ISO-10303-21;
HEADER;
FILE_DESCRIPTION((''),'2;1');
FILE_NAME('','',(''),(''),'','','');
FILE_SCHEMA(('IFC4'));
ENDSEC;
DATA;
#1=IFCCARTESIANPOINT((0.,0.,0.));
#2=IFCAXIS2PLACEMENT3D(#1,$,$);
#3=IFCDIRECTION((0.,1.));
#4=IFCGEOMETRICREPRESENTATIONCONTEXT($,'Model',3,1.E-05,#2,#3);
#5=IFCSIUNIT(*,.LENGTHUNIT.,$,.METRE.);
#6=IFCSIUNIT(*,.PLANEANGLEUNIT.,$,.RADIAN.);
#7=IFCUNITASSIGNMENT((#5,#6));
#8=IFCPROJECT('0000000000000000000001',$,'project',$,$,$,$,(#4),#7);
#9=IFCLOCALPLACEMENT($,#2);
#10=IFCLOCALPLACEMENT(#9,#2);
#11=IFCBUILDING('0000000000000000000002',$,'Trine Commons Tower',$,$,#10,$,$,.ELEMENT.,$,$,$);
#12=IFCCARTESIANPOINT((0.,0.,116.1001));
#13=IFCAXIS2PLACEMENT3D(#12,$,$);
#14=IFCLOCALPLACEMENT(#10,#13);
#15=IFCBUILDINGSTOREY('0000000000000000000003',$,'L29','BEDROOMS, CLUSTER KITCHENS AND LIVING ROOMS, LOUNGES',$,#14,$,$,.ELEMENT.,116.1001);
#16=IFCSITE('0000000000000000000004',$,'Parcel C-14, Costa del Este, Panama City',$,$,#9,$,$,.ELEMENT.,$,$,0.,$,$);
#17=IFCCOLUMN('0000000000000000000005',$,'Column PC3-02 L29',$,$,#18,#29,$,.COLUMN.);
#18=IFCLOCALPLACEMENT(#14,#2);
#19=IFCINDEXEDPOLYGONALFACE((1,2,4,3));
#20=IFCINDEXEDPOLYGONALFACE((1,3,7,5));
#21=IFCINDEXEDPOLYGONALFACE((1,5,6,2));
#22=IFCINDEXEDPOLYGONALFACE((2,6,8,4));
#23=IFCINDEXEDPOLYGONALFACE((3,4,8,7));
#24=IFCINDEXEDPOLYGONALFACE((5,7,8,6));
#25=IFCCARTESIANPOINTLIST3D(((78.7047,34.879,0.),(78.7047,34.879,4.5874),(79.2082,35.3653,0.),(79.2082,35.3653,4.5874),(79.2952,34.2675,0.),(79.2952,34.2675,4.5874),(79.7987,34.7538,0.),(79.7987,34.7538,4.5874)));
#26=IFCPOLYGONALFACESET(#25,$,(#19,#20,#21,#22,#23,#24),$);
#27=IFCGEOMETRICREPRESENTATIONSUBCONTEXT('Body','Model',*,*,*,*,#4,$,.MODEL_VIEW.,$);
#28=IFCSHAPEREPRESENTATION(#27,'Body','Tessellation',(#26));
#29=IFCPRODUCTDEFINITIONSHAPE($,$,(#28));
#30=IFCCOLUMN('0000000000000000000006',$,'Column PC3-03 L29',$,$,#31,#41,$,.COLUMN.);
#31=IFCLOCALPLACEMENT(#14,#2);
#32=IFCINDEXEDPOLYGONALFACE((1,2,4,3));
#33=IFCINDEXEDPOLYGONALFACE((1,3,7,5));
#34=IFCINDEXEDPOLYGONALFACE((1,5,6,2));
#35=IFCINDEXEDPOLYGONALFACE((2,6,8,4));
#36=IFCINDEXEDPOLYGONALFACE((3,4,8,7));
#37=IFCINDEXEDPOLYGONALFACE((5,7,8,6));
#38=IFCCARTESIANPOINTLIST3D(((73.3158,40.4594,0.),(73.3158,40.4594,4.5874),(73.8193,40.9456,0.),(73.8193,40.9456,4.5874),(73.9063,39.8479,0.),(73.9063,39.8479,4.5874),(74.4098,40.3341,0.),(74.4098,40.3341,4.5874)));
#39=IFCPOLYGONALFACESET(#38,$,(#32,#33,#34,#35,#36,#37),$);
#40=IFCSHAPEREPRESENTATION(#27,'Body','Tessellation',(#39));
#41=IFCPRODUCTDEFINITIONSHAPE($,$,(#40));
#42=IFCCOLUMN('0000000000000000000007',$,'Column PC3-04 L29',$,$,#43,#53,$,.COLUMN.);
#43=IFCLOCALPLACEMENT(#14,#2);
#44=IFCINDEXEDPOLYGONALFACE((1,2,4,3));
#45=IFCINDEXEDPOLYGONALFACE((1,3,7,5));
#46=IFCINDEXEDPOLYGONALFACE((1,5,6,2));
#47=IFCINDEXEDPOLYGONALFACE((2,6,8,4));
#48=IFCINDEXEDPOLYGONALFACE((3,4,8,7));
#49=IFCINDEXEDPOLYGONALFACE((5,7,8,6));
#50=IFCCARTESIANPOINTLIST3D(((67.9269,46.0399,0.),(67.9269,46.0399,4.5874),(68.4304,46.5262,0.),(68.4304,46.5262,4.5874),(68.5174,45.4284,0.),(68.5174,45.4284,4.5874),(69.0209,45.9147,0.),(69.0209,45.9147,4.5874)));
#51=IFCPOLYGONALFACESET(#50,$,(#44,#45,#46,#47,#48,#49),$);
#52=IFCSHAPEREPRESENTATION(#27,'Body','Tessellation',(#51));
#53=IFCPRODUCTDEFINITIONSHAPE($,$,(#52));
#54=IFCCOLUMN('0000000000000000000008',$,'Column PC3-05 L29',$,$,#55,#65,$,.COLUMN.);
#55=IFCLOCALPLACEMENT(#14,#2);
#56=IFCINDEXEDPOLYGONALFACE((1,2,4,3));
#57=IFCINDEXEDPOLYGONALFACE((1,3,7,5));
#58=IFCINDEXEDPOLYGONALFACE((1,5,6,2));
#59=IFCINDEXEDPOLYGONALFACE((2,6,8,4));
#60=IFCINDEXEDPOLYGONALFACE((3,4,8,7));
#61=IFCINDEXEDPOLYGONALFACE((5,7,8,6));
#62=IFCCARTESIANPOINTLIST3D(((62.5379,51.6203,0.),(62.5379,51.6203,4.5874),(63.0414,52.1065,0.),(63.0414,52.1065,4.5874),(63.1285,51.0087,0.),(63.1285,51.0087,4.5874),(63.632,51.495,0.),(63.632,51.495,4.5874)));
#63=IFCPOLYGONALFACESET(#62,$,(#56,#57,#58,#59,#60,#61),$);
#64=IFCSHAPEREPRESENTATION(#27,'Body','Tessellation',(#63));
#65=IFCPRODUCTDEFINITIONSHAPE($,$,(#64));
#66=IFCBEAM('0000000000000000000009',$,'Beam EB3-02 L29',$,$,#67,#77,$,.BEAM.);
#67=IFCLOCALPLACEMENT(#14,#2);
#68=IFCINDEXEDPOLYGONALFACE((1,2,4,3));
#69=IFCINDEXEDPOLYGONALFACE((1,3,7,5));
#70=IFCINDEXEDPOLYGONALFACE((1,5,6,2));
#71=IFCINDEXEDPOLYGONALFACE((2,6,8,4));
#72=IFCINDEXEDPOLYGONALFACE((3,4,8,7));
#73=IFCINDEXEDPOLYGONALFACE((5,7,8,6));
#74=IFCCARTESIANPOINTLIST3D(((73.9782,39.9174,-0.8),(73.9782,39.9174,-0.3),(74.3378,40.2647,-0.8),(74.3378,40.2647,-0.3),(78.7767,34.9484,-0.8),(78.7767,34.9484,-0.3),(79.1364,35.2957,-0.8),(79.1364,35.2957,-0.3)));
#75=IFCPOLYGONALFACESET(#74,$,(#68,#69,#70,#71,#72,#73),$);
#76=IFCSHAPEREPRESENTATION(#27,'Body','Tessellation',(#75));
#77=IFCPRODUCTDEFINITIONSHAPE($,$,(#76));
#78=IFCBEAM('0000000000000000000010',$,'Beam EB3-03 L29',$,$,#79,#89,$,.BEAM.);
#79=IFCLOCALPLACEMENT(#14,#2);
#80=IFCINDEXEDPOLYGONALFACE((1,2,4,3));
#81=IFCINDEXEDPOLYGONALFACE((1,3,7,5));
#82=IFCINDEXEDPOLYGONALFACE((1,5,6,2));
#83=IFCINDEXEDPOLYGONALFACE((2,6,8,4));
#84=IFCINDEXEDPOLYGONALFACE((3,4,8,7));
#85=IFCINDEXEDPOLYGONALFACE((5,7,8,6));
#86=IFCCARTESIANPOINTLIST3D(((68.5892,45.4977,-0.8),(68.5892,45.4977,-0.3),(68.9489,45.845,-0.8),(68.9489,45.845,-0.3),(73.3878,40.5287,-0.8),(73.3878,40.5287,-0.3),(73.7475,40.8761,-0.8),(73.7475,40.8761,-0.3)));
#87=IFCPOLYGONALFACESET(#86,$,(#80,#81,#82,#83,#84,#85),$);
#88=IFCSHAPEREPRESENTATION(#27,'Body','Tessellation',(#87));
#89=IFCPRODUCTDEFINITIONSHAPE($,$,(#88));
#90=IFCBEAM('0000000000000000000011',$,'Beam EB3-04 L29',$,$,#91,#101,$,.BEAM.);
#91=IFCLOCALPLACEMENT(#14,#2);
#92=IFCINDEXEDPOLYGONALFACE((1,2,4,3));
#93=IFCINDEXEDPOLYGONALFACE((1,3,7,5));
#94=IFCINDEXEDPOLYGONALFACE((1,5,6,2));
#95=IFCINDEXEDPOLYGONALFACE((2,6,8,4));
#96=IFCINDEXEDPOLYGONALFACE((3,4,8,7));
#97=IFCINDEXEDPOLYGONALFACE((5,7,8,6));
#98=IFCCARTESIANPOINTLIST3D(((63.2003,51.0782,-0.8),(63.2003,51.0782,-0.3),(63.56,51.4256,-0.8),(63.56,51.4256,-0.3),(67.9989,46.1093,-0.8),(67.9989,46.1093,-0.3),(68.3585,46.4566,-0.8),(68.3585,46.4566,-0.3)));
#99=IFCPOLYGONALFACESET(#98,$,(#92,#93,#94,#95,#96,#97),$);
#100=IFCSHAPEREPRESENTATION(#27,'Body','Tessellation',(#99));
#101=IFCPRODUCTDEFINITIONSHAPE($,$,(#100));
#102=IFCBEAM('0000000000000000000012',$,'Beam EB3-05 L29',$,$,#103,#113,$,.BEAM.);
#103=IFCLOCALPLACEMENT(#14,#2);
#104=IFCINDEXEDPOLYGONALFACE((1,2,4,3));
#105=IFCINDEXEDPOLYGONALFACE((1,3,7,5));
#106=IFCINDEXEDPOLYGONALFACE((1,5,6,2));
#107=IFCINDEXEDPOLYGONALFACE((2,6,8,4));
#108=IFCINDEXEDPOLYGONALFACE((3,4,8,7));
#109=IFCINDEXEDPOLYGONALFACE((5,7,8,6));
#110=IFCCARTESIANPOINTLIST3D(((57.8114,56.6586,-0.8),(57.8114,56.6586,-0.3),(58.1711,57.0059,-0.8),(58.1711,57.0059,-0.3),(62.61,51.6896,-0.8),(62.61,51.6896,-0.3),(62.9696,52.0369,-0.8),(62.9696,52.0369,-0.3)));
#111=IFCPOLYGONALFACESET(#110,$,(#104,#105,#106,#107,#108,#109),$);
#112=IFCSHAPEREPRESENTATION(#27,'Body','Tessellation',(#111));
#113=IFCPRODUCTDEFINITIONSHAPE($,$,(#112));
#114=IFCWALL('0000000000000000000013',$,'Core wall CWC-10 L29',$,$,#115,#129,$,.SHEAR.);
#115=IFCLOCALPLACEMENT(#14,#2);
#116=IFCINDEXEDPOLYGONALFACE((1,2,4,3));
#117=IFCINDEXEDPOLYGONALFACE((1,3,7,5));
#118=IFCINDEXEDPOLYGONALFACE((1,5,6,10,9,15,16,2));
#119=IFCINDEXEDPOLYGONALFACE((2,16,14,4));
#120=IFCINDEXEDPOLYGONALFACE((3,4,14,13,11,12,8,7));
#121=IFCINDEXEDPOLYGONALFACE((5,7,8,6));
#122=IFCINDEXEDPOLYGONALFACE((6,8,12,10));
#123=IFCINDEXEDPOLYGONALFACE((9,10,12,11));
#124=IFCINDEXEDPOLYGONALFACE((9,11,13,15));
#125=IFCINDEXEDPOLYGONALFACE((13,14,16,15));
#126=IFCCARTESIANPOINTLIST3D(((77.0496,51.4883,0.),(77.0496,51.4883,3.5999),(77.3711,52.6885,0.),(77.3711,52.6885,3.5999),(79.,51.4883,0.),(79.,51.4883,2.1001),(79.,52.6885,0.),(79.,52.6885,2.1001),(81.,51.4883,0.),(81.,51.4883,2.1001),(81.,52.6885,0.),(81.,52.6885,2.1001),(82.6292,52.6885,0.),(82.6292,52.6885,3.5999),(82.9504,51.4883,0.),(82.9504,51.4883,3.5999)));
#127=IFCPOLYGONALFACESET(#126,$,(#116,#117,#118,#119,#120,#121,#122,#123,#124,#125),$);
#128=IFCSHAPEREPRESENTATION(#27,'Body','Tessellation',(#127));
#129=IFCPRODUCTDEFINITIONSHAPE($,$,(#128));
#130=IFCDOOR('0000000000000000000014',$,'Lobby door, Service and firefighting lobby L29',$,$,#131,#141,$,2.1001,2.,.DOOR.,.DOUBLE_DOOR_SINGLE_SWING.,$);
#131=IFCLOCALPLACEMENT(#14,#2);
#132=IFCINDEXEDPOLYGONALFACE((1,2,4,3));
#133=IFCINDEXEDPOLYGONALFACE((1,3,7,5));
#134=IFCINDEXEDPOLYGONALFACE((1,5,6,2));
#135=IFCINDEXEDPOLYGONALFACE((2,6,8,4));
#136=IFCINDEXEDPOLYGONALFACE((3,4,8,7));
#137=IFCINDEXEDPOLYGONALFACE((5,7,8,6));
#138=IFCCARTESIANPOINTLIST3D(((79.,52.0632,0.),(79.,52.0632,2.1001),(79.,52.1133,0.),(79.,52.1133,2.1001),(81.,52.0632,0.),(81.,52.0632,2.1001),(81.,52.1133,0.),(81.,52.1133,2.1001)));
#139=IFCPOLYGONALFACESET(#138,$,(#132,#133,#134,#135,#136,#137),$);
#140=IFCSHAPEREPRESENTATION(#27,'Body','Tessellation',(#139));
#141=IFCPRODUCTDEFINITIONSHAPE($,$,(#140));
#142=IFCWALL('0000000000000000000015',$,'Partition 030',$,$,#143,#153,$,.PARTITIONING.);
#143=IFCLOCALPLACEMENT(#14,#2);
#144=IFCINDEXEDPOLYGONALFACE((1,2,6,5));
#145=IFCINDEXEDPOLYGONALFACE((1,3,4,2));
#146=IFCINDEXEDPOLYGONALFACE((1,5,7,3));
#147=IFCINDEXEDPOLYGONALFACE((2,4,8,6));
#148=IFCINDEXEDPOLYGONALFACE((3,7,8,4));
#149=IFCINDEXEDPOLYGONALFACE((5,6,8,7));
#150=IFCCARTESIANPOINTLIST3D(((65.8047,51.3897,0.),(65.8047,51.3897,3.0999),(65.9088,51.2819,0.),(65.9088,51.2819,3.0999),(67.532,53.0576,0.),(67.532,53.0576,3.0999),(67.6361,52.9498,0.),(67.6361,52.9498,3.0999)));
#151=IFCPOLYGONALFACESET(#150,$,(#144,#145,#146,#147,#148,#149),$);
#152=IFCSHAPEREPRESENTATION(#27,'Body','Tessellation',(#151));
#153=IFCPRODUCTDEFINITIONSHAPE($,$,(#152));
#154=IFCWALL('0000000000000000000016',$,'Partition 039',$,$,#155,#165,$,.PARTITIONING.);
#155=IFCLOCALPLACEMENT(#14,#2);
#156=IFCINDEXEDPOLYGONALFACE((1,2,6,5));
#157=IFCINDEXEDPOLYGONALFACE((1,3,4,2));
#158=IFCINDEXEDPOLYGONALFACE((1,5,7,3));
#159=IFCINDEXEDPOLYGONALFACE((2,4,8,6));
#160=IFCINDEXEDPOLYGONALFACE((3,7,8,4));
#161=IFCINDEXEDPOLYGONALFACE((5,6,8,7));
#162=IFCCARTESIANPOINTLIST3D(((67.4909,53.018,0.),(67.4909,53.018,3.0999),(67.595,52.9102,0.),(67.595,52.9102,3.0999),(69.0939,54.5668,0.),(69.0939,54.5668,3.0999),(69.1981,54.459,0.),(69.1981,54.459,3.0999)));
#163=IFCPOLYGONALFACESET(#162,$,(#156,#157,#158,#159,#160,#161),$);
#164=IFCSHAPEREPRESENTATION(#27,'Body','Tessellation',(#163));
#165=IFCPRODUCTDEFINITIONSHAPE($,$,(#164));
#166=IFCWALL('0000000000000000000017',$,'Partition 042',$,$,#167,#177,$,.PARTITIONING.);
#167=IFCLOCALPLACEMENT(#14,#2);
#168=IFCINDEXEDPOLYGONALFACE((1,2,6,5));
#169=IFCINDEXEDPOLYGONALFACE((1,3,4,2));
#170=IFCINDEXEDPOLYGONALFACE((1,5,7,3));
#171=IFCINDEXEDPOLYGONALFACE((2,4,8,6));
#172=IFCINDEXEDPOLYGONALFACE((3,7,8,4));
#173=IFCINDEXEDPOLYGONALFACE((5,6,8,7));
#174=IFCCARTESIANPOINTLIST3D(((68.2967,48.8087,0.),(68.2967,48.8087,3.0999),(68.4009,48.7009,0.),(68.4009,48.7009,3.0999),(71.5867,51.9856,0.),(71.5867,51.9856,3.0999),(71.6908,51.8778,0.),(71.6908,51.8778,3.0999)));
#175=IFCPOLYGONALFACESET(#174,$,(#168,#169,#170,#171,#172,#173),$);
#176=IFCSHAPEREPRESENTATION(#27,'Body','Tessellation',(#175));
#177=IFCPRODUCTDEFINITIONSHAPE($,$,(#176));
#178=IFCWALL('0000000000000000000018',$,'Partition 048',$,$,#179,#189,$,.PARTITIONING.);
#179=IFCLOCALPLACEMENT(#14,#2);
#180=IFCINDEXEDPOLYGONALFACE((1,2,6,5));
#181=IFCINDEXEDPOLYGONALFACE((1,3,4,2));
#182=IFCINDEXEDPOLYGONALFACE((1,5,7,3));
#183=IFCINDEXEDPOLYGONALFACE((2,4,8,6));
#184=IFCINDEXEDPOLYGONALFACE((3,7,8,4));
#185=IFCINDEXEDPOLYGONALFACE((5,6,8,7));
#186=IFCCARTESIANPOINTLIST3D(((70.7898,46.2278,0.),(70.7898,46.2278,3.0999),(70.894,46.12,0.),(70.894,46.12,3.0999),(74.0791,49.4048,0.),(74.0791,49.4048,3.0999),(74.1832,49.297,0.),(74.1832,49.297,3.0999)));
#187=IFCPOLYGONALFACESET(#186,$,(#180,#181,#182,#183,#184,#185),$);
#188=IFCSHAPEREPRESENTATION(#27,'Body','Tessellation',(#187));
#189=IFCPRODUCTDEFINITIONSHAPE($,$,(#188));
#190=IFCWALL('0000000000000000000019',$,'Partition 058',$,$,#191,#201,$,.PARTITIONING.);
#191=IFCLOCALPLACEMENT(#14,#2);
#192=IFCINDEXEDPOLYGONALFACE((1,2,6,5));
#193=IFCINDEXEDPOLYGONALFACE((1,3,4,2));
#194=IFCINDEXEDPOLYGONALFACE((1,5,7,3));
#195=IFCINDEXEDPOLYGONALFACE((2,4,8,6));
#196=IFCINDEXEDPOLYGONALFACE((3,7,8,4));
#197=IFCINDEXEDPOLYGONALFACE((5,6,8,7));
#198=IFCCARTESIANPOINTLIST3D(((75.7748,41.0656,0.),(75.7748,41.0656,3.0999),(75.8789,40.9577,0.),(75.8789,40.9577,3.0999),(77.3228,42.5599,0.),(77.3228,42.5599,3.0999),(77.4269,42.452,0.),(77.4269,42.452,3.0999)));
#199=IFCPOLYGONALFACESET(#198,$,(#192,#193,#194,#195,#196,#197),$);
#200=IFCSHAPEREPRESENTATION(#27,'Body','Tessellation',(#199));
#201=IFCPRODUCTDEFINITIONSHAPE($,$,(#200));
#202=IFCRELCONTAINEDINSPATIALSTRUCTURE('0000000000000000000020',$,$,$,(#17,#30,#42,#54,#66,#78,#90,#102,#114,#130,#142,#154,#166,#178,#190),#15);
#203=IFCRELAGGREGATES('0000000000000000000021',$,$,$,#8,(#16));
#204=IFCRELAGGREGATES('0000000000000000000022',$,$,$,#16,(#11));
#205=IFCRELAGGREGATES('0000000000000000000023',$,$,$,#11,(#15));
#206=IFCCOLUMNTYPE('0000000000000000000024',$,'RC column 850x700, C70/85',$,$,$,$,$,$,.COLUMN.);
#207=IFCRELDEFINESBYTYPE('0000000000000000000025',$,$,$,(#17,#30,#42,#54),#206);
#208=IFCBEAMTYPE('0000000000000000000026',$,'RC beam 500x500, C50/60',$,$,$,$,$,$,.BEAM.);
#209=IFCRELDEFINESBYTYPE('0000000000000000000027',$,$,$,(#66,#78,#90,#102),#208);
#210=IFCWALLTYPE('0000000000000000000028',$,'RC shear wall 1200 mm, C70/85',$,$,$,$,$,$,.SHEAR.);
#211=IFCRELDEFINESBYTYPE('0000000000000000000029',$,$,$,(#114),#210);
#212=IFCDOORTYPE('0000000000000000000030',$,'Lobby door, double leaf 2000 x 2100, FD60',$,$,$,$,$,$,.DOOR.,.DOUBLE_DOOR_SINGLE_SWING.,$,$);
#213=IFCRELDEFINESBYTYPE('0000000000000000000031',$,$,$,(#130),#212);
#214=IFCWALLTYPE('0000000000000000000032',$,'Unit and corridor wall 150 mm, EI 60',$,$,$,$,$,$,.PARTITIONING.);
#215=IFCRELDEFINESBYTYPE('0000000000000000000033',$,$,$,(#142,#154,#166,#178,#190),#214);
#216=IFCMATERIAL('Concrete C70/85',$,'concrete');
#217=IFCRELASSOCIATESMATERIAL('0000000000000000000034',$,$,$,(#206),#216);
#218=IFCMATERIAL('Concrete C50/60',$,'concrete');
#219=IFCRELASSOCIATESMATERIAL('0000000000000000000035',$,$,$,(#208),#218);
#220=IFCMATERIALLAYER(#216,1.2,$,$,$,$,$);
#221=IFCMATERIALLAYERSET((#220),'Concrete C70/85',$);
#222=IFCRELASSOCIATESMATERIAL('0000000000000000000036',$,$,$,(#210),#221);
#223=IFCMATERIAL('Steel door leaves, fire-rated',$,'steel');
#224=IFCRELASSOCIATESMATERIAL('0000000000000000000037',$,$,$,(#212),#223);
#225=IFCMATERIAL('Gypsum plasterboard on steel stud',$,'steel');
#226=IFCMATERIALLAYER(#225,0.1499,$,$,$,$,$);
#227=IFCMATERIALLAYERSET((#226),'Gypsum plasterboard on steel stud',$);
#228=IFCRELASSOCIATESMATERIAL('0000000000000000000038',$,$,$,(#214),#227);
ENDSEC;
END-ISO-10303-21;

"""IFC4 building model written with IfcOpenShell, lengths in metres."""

from ifc_helpers import new_model, si_unit, direction, frame, frame_2d, origin, origin_2d, place, context, subcontext, project, spatial, polyline, rectangle, outline, extrude, material, layer, layer_set, material_profile, profile_set, type_object, element, fill, save


model = new_model("IFC4")

# Units and contexts
model_context = context("Model", 3, precision=1e-05, world=origin(), true_north=direction((0.0, 1.0)))
body_context = subcontext(model_context, "Body", "Model", "MODEL_VIEW")
ifc_project = project(units=[si_unit("LENGTHUNIT", "METRE"), si_unit("PLANEANGLEUNIT", "RADIAN")], contexts=[model_context])

# Site, building, storey
site_placement = place(None, origin())
site = spatial("IfcSite", under=ifc_project, at=site_placement, Name="Parcel C-14, Costa del Este, Panama City", CompositionType="ELEMENT", RefElevation=0.0)
building_placement = place(site_placement, origin())
building = spatial("IfcBuilding", under=site, at=building_placement, Name="Trine Commons Tower", CompositionType="ELEMENT")
storey_placement = place(building_placement, frame((0.0, 0.0, 116.1001)))
storey = spatial("IfcBuildingStorey", under=building, at=storey_placement, Name="L29", Description="BEDROOMS, CLUSTER KITCHENS AND LIVING ROOMS, LOUNGES", CompositionType="ELEMENT", Elevation=116.1001)

# Columns
ifc_material_1 = material(Name="Concrete C70/85", Category="concrete")
ifc_material_profile_1 = material_profile(ifc_material_1, rectangle(XDim=0.8501, YDim=0.7, at=origin_2d()), Name="RC 850x700")
ifc_profile_set_1 = profile_set([ifc_material_profile_1], Name="Concrete C70/85")
column_type = type_object("IfcColumnType", Name="RC column 850x700, C70/85", PredefinedType="COLUMN", material=ifc_profile_set_1)
for number, where, z_axis, x_axis, name in (
    (1, (79.2517, 34.8164, 0.0), (0.0, 0.0, 1.0), (-0.694658, 0.71934, 0.0), "Column PC3-02 L29"),
    (2, (73.8628, 40.3967, 0.0), (0.0, 0.0, 1.0), (-0.694658, 0.71934, 0.0), "Column PC3-03 L29"),
    (3, (68.4739, 45.9773, 0.0), (0.0, 0.0, 1.0), (-0.694658, 0.71934, 0.0), "Column PC3-04 L29"),
    (4, (63.085, 51.5576, 0.0), (0.0, 0.0, 1.0), (-0.694658, 0.71934, 0.0), "Column PC3-05 L29"),
):
    element("IfcColumn", number, at=place(storey_placement, frame(where, z_axis=z_axis, x_axis=x_axis)), inside=storey, type_object=column_type, Name=name, PredefinedType="COLUMN", context=body_context, shape_type="SweptSolid", body=[
        extrude(rectangle(XDim=0.8501, YDim=0.7, at=origin_2d()), origin(), (0.0, 0.0, 1.0), 4.5874),
    ])

# Beams
ifc_material_2 = material(Name="Concrete C50/60", Category="concrete")
ifc_material_profile_2 = material_profile(ifc_material_2, rectangle(XDim=0.5, YDim=0.5, at=origin_2d()), Name="RC 500x500")
ifc_profile_set_2 = profile_set([ifc_material_profile_2], Name="Concrete C50/60")
beam_type = type_object("IfcBeamType", Name="RC beam 500x500, C50/60", PredefinedType="BEAM", material=ifc_profile_set_2)
for number, where, z_axis, x_axis, name in (
    (5, (78.9565, 35.1221, -0.55), (-0.694665, 0.719334, 0.0), (-0.719334, -0.694665, 0.0), "Beam EB3-02 L29"),
    (6, (73.5676, 40.7024, -0.55), (-0.694665, 0.719334, 0.0), (-0.719334, -0.694665, 0.0), "Beam EB3-03 L29"),
    (7, (68.1787, 46.283, -0.55), (-0.694665, 0.719334, 0.0), (-0.719334, -0.694665, 0.0), "Beam EB3-04 L29"),
    (8, (62.7898, 51.8633, -0.55), (-0.694665, 0.719334, 0.0), (-0.719334, -0.694665, 0.0), "Beam EB3-05 L29"),
):
    element("IfcBeam", number, at=place(storey_placement, frame(where, z_axis=z_axis, x_axis=x_axis)), inside=storey, type_object=beam_type, Name=name, PredefinedType="BEAM", context=body_context, shape_type="SweptSolid", body=[
        extrude(rectangle(XDim=0.5, YDim=0.5, at=origin_2d()), origin(), (0.0, 0.0, 1.0), 6.9077),
    ])

# Wall, opening, door
ifc_layer_1 = layer(ifc_material_1, 1.2)
ifc_layer_set_1 = layer_set([ifc_layer_1], Name="Concrete C70/85")
wall_type_1 = type_object("IfcWallType", Name="RC shear wall 1200 mm, C70/85", PredefinedType="SHEAR", material=ifc_layer_set_1)
wall_1_placement = place(storey_placement, frame((77.0496, 52.0884, 0.0), z_axis=(0.0, 0.0, 1.0), x_axis=(1.0, 0.0, 0.0)))
wall_1 = element("IfcWall", 9, at=wall_1_placement, inside=storey, type_object=wall_type_1, Name="Core wall CWC-10 L29", PredefinedType="SHEAR", context=body_context, shape_type="SweptSolid", body=[
    extrude(outline(polyline([(0.0, -0.6001), (5.9009, -0.6001), (5.5796, 0.6001), (0.3215, 0.6001), (0.0, -0.6001)])), origin(), (0.0, 0.0, 1.0), 3.5999),
])
opening_1_placement = place(wall_1_placement, frame((1.9504, 0.0, 0.0)))
opening_1 = element("IfcOpeningElement", 10, at=opening_1_placement, cuts=wall_1, PredefinedType="OPENING", context=body_context, shape_type="SweptSolid", body=[
    extrude(rectangle(XDim=2.0, YDim=2.1001, at=frame_2d((1.0, 1.05))), frame((0.0, 0.6099, 0.0), z_axis=(0.0, -1.0, 0.0), x_axis=(1.0, 0.0, 0.0)), (0.0, 0.0, 1.0), 1.22),
])
ifc_material_3 = material(Name="Steel door leaves, fire-rated", Category="steel")
door_type_1 = type_object("IfcDoorType", Name="Lobby door, double leaf 2000 x 2100, FD60", OperationType="DOUBLE_DOOR_SINGLE_SWING", PredefinedType="DOOR", material=ifc_material_3)
door_1_placement = place(opening_1_placement, origin())
door_1 = element("IfcDoor", 11, at=door_1_placement, inside=storey, type_object=door_type_1, Name="Lobby door, Service and firefighting lobby L29", OperationType="DOUBLE_DOOR_SINGLE_SWING", OverallHeight=2.1001, OverallWidth=2.0, PredefinedType="DOOR", context=body_context, shape_type="SweptSolid", body=[
    extrude(rectangle(XDim=2.0, YDim=2.1001, at=frame_2d((1.0, 1.05))), frame((0.0, 0.0249, 0.0), z_axis=(0.0, -1.0, 0.0), x_axis=(1.0, 0.0, 0.0)), (0.0, 0.0, 1.0), 0.05),
])
fill(opening_1, door_1)

# Walls
ifc_material_4 = material(Name="Gypsum plasterboard on steel stud", Category="steel")
ifc_layer_2 = layer(ifc_material_4, 0.1499)
ifc_layer_set_2 = layer_set([ifc_layer_2], Name="Gypsum plasterboard on steel stud")
wall_type_2 = type_object("IfcWallType", Name="Unit and corridor wall 150 mm, EI 60", PredefinedType="PARTITIONING", material=ifc_layer_set_2)
wall_2_placement = place(storey_placement, frame((65.8567, 51.3357, 0.0), z_axis=(0.0, 0.0, 1.0), x_axis=(0.719352, 0.694645, 0.0)))
element("IfcWall", 12, at=wall_2_placement, inside=storey, type_object=wall_type_2, Name="Partition 030", PredefinedType="PARTITIONING", context=body_context, shape_type="SweptSolid", body=[
    extrude(rectangle(XDim=2.4011, YDim=0.1499, at=frame_2d((1.2007, 0.0))), origin(), (0.0, 0.0, 1.0), 3.0999),
])
wall_3_placement = place(storey_placement, frame((67.543, 52.9641, 0.0), z_axis=(0.0, 0.0, 1.0), x_axis=(0.71916, 0.694845, 0.0)))
element("IfcWall", 13, at=wall_3_placement, inside=storey, type_object=wall_type_2, Name="Partition 039", PredefinedType="PARTITIONING", context=body_context, shape_type="SweptSolid", body=[
    extrude(rectangle(XDim=2.229, YDim=0.1499, at=frame_2d((1.1145, 0.0))), origin(), (0.0, 0.0, 1.0), 3.0999),
])
wall_4_placement = place(storey_placement, frame((68.3489, 48.7549, 0.0), z_axis=(0.0, 0.0, 1.0), x_axis=(0.719356, 0.694641, 0.0)))
element("IfcWall", 14, at=wall_4_placement, inside=storey, type_object=wall_type_2, Name="Partition 042", PredefinedType="PARTITIONING", context=body_context, shape_type="SweptSolid", body=[
    extrude(rectangle(XDim=4.5735, YDim=0.1499, at=frame_2d((2.2866, 0.0))), origin(), (0.0, 0.0, 1.0), 3.0999),
])
wall_5_placement = place(storey_placement, frame((70.8418, 46.1738, 0.0), z_axis=(0.0, 0.0, 1.0), x_axis=(0.719279, 0.694721, 0.0)))
element("IfcWall", 15, at=wall_5_placement, inside=storey, type_object=wall_type_2, Name="Partition 048", PredefinedType="PARTITIONING", context=body_context, shape_type="SweptSolid", body=[
    extrude(rectangle(XDim=4.573, YDim=0.1499, at=frame_2d((2.2866, 0.0))), origin(), (0.0, 0.0, 1.0), 3.0999),
])
wall_6_placement = place(storey_placement, frame((75.8269, 41.0117, 0.0), z_axis=(0.0, 0.0, 1.0), x_axis=(0.719478, 0.694516, 0.0)))
element("IfcWall", 16, at=wall_6_placement, inside=storey, type_object=wall_type_2, Name="Partition 058", PredefinedType="PARTITIONING", context=body_context, shape_type="SweptSolid", body=[
    extrude(rectangle(XDim=2.1516, YDim=0.1499, at=frame_2d((1.0757, 0.0))), origin(), (0.0, 0.0, 1.0), 3.0999),
])

save(model, "model.ifc")
